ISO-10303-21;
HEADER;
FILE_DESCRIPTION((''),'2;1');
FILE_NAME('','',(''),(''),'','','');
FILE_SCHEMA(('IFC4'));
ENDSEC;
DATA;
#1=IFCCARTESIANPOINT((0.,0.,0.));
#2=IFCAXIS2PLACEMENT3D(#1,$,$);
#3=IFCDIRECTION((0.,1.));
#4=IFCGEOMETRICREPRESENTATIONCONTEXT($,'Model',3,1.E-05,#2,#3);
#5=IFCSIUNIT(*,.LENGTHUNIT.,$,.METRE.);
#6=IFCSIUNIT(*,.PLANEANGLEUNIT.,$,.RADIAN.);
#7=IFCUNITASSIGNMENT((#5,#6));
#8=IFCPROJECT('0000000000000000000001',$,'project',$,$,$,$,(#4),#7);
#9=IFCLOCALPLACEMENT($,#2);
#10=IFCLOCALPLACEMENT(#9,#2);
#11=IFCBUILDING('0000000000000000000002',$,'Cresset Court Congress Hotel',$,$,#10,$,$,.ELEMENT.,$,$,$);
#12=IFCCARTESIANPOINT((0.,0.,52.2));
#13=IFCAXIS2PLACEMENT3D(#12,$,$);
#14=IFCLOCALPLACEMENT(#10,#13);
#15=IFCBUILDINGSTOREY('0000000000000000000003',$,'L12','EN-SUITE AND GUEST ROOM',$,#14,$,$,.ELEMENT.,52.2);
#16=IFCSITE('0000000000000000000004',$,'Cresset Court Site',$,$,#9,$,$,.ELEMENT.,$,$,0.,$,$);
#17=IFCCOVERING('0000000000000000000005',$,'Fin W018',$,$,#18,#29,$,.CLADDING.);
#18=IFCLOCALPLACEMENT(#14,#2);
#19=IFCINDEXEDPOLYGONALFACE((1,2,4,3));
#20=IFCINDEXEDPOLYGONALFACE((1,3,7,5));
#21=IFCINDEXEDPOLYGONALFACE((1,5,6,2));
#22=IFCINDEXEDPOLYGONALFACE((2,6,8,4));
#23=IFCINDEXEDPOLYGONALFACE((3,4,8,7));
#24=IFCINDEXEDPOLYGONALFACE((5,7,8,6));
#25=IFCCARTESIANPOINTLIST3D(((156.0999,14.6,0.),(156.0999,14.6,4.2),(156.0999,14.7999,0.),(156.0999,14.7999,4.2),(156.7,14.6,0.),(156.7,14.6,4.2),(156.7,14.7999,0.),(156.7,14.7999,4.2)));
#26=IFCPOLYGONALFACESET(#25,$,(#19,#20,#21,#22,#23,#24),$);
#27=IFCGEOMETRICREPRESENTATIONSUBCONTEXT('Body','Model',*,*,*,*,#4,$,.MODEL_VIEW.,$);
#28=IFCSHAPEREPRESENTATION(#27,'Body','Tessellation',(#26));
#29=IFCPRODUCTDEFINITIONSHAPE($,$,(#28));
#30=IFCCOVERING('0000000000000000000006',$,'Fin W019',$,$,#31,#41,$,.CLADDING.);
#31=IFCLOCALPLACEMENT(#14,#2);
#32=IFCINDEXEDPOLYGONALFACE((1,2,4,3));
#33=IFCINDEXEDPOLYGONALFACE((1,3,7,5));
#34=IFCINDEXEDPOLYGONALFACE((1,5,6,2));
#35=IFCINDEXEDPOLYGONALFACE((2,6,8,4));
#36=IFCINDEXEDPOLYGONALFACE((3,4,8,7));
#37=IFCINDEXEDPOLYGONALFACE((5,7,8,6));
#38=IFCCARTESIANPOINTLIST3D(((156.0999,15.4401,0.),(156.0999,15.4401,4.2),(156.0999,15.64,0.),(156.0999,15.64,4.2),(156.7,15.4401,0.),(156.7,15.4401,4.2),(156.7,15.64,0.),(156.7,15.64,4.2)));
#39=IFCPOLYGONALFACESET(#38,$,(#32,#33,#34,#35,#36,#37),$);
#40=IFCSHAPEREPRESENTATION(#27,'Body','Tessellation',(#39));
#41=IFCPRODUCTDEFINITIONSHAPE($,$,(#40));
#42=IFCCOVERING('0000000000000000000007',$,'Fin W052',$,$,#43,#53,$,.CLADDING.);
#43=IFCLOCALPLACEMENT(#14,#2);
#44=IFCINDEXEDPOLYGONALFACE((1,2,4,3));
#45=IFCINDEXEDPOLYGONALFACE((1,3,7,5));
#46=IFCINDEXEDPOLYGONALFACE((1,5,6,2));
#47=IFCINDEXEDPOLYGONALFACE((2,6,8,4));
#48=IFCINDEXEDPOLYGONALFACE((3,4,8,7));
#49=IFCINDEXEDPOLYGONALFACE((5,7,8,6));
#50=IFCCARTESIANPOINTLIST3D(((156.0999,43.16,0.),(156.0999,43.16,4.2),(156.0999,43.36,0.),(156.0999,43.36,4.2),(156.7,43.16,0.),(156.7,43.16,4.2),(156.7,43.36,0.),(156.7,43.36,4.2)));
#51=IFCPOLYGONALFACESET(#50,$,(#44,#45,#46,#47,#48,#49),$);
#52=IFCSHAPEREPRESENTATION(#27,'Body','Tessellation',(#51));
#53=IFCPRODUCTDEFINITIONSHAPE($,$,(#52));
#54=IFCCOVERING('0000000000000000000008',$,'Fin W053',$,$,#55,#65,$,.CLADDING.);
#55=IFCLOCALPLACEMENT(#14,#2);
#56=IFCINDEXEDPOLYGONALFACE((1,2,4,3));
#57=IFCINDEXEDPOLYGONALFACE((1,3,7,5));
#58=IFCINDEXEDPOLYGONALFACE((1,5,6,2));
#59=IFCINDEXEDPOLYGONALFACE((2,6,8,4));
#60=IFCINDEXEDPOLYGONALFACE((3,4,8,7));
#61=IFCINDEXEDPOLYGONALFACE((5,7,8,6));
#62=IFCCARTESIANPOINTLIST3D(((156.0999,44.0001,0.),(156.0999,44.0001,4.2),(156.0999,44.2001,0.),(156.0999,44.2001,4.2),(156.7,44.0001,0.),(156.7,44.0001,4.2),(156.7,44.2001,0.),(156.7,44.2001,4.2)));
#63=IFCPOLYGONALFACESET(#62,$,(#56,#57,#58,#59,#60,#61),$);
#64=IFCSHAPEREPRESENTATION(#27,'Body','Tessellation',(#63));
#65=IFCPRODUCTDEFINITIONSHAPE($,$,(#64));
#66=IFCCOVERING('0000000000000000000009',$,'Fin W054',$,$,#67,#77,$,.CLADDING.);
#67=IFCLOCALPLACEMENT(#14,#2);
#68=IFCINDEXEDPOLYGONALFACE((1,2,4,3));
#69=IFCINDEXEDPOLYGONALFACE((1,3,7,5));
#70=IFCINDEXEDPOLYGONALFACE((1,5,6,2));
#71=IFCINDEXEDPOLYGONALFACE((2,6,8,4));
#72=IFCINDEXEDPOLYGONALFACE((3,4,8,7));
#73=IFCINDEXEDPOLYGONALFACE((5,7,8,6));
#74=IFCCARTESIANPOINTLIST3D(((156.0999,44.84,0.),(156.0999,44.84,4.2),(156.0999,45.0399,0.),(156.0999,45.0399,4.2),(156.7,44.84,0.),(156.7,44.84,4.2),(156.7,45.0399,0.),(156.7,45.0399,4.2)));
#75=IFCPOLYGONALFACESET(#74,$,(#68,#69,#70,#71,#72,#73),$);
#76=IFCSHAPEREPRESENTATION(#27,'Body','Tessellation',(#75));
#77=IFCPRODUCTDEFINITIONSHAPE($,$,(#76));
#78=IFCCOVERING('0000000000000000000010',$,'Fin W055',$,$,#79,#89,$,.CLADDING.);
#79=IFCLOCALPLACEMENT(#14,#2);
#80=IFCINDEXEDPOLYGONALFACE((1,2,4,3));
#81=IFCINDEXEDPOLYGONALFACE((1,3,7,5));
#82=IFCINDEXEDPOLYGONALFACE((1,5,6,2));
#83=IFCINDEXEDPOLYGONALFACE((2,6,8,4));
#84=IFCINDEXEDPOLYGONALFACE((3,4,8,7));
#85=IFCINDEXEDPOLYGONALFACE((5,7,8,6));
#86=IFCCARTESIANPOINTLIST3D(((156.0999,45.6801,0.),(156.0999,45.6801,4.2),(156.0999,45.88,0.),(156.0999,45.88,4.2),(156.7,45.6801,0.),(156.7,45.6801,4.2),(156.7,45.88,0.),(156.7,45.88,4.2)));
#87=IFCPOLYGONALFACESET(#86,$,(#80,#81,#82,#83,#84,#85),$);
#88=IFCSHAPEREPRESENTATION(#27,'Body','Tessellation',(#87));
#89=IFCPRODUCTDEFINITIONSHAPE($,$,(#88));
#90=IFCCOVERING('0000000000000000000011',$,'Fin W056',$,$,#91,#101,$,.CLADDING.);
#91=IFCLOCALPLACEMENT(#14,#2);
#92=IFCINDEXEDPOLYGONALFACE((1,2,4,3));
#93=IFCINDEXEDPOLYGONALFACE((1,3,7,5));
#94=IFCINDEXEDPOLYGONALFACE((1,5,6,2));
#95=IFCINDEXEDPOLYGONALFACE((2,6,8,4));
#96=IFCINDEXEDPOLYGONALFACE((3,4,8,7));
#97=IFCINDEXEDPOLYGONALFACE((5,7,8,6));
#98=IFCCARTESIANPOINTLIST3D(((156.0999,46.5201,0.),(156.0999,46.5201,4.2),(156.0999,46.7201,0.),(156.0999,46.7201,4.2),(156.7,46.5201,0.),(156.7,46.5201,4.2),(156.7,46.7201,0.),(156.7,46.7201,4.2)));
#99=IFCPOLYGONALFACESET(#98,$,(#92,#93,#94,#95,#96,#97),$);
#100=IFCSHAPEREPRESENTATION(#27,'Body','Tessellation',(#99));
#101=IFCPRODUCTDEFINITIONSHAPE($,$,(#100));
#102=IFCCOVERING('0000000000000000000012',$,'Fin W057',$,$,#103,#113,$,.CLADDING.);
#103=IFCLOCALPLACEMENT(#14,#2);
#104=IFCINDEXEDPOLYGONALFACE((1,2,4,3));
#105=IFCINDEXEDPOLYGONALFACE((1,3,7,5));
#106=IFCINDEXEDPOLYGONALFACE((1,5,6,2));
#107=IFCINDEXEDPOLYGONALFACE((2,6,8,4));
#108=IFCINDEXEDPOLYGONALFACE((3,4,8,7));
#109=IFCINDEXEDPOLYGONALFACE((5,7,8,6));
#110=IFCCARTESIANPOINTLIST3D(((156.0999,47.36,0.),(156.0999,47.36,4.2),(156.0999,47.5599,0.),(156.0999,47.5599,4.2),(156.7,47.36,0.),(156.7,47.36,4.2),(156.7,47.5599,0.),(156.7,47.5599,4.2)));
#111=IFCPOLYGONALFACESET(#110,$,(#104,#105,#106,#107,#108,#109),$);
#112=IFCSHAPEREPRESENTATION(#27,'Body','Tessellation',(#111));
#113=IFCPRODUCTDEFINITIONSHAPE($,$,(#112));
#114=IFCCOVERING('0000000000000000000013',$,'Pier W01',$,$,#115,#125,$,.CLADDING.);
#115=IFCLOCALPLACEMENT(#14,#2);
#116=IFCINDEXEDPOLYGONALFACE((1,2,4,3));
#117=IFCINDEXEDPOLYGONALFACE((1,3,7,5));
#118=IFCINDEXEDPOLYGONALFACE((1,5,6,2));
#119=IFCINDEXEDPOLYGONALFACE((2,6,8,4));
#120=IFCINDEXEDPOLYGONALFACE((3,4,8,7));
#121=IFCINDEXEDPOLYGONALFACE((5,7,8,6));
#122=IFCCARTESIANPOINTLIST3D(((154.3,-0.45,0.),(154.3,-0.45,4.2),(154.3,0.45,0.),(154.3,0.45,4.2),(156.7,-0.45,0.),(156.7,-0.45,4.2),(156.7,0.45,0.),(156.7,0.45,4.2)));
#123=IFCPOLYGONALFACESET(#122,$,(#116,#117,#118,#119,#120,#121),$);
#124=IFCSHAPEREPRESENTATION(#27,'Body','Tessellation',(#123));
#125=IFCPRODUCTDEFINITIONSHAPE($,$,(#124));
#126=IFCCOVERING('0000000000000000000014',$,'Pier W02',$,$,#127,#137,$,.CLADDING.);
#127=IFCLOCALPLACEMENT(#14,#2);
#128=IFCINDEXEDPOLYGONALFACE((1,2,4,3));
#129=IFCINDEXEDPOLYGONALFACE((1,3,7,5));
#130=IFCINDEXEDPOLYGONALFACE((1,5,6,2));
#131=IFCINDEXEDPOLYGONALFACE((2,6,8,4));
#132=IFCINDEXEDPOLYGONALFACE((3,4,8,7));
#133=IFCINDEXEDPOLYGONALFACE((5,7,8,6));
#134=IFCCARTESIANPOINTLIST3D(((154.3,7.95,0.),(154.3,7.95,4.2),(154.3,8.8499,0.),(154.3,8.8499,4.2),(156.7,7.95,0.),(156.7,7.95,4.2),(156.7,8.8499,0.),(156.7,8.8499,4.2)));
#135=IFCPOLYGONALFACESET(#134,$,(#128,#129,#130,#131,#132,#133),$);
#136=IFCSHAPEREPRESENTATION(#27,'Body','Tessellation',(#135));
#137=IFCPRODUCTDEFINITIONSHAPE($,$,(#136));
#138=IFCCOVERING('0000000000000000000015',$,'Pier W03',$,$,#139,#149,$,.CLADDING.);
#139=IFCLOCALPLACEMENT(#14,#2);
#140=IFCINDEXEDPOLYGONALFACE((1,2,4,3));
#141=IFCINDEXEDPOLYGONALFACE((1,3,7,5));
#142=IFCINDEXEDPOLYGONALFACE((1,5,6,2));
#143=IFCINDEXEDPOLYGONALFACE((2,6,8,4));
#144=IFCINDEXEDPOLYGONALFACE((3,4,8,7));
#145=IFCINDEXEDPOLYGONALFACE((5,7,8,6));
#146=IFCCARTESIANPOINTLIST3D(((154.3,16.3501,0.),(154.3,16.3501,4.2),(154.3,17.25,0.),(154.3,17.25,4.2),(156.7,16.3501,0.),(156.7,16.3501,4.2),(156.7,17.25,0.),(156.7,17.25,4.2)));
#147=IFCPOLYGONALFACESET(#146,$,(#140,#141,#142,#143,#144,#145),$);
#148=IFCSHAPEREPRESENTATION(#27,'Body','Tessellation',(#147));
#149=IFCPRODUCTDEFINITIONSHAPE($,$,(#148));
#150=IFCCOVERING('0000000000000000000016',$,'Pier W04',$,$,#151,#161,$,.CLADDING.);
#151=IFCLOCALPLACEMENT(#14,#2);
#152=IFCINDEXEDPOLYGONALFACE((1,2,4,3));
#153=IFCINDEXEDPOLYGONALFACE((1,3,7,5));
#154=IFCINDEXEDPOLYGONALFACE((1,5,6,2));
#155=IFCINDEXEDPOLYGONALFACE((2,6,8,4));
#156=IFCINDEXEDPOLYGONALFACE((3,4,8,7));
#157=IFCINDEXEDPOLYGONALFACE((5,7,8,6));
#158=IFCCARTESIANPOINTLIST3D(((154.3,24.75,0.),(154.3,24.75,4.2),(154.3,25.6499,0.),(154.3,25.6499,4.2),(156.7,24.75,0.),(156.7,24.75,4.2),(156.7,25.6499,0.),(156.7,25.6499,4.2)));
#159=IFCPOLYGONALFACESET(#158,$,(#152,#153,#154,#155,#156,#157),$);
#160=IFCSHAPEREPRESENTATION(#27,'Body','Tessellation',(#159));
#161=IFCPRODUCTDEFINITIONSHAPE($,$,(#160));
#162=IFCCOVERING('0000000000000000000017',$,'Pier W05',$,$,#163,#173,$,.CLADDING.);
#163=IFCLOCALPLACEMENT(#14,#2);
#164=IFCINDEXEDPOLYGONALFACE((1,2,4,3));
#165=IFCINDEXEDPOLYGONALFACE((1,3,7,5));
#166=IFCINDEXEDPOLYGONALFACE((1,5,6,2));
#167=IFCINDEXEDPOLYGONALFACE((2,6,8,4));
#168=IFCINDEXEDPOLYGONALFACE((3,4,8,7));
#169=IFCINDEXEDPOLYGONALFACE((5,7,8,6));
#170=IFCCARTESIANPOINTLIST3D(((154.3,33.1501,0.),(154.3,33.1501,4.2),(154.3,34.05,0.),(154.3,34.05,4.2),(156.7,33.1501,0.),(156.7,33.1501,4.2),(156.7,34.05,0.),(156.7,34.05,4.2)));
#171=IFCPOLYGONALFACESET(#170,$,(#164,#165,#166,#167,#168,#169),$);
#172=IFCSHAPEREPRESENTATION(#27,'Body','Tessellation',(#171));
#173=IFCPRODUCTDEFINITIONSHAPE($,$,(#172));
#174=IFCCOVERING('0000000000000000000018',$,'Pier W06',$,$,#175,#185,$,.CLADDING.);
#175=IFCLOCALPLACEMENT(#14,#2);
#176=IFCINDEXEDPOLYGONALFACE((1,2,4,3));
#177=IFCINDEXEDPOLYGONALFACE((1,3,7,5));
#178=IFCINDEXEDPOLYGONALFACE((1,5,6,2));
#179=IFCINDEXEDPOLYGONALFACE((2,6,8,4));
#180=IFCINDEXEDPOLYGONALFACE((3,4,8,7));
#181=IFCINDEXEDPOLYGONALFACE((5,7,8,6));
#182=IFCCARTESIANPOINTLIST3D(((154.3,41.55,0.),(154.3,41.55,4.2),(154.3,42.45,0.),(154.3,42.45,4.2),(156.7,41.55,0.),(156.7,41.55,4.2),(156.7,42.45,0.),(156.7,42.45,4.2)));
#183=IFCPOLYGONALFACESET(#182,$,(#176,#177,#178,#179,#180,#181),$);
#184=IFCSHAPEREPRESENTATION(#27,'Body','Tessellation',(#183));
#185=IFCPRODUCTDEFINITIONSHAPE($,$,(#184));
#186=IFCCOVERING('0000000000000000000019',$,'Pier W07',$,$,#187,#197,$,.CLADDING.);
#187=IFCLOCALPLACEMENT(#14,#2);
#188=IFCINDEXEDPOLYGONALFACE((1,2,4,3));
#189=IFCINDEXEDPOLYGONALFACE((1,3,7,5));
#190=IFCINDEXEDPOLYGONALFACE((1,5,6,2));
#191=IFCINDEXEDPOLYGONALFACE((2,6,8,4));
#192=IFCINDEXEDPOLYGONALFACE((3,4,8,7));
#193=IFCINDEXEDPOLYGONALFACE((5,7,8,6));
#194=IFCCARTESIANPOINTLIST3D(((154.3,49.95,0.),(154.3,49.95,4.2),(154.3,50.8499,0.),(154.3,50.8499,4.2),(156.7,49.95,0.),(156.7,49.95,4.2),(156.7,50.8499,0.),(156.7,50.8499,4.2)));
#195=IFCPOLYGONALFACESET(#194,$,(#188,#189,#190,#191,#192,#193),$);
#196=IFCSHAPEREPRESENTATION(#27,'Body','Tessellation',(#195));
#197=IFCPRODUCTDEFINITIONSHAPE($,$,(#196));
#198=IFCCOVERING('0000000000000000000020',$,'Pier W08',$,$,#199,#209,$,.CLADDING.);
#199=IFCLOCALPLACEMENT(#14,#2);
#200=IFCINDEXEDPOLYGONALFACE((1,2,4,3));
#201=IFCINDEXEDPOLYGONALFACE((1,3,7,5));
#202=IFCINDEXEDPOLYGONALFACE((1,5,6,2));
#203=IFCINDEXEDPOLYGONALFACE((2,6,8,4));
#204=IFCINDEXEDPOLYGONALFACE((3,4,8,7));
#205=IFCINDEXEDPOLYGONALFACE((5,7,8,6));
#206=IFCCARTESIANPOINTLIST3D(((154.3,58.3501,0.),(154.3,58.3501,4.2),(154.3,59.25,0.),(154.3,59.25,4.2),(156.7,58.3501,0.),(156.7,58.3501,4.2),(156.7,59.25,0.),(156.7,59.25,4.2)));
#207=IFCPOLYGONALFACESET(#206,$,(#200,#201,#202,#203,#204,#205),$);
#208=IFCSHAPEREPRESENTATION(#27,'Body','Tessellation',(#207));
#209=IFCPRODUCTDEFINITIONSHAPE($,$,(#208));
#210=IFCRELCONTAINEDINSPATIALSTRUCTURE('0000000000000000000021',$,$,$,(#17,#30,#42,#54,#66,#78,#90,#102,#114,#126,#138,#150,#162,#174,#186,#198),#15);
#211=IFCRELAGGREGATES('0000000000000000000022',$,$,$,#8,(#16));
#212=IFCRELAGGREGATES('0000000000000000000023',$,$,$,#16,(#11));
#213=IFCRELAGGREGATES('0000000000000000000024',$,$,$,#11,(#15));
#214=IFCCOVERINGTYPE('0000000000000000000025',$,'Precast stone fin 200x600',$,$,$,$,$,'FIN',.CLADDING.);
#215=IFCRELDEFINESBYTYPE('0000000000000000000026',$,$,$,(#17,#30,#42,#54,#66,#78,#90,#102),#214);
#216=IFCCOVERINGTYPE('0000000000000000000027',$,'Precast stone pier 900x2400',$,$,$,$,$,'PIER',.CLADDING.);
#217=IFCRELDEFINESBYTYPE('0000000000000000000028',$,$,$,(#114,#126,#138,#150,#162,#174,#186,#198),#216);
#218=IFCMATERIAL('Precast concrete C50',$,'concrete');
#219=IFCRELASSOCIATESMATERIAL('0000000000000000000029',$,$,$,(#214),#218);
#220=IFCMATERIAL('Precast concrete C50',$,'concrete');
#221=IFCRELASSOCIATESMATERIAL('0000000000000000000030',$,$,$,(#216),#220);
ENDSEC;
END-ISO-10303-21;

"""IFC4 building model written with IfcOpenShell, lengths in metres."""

from ifc_helpers import new_model, si_unit, direction, frame, origin, origin_2d, place, context, subcontext, project, spatial, rectangle, extrude, material, type_object, element, save


model = new_model("IFC4")

# Units and contexts
model_context = context("Model", 3, precision=1e-05, world=origin(), true_north=direction((0.0, 1.0)))
body_context = subcontext(model_context, "Body", "Model", "MODEL_VIEW")
ifc_project = project(units=[si_unit("LENGTHUNIT", "METRE"), si_unit("PLANEANGLEUNIT", "RADIAN")], contexts=[model_context])

# Site, building, storey
site_placement = place(None, origin())
site = spatial("IfcSite", under=ifc_project, at=site_placement, Name="Cresset Court Site", CompositionType="ELEMENT", RefElevation=0.0)
building_placement = place(site_placement, origin())
building = spatial("IfcBuilding", under=site, at=building_placement, Name="Cresset Court Congress Hotel", CompositionType="ELEMENT")
storey_placement = place(building_placement, frame((0.0, 0.0, 52.2)))
storey = spatial("IfcBuildingStorey", under=building, at=storey_placement, Name="L12", Description="EN-SUITE AND GUEST ROOM", CompositionType="ELEMENT", Elevation=52.2)

# Coverings
ifc_material_1 = material(Name="Precast concrete C50", Category="concrete")
covering_type_1 = type_object("IfcCoveringType", Name="Precast stone fin 200x600", ElementType="FIN", PredefinedType="CLADDING", material=ifc_material_1)
for number, where, z_axis, x_axis, name in (
    (1, (156.3999, 14.7, 0.0), (0.0, 0.0, 1.0), (1.0, 0.0, 0.0), "Fin W018"),
    (2, (156.3999, 15.54, 0.0), (0.0, 0.0, 1.0), (1.0, 0.0, 0.0), "Fin W019"),
    (3, (156.3999, 43.26, 0.0), (0.0, 0.0, 1.0), (1.0, 0.0, 0.0), "Fin W052"),
    (4, (156.3999, 44.1001, 0.0), (0.0, 0.0, 1.0), (1.0, 0.0, 0.0), "Fin W053"),
    (5, (156.3999, 44.9399, 0.0), (0.0, 0.0, 1.0), (1.0, 0.0, 0.0), "Fin W054"),
    (6, (156.3999, 45.78, 0.0), (0.0, 0.0, 1.0), (1.0, 0.0, 0.0), "Fin W055"),
    (7, (156.3999, 46.6201, 0.0), (0.0, 0.0, 1.0), (1.0, 0.0, 0.0), "Fin W056"),
    (8, (156.3999, 47.46, 0.0), (0.0, 0.0, 1.0), (1.0, 0.0, 0.0), "Fin W057"),
):
    element("IfcCovering", number, at=place(storey_placement, frame(where, z_axis=z_axis, x_axis=x_axis)), inside=storey, type_object=covering_type_1, Name=name, PredefinedType="CLADDING", context=body_context, shape_type="SweptSolid", body=[
        extrude(rectangle(XDim=0.6001, YDim=0.2, at=origin_2d()), origin(), (0.0, 0.0, 1.0), 4.2),
    ])
ifc_material_2 = material(Name="Precast concrete C50", Category="concrete")
covering_type_2 = type_object("IfcCoveringType", Name="Precast stone pier 900x2400", ElementType="PIER", PredefinedType="CLADDING", material=ifc_material_2)
for number, where, z_axis, x_axis, name in (
    (9, (155.5, 0.0, 0.0), (0.0, 0.0, 1.0), (1.0, 0.0, 0.0), "Pier W01"),
    (10, (155.5, 8.3999, 0.0), (0.0, 0.0, 1.0), (1.0, 0.0, 0.0), "Pier W02"),
    (11, (155.5, 16.8, 0.0), (0.0, 0.0, 1.0), (1.0, 0.0, 0.0), "Pier W03"),
    (12, (155.5, 25.2, 0.0), (0.0, 0.0, 1.0), (1.0, 0.0, 0.0), "Pier W04"),
    (13, (155.5, 33.6001, 0.0), (0.0, 0.0, 1.0), (1.0, 0.0, 0.0), "Pier W05"),
    (14, (155.5, 42.0, 0.0), (0.0, 0.0, 1.0), (1.0, 0.0, 0.0), "Pier W06"),
    (15, (155.5, 50.3999, 0.0), (0.0, 0.0, 1.0), (1.0, 0.0, 0.0), "Pier W07"),
    (16, (155.5, 58.8, 0.0), (0.0, 0.0, 1.0), (1.0, 0.0, 0.0), "Pier W08"),
):
    element("IfcCovering", number, at=place(storey_placement, frame(where, z_axis=z_axis, x_axis=x_axis)), inside=storey, type_object=covering_type_2, Name=name, PredefinedType="CLADDING", context=body_context, shape_type="SweptSolid", body=[
        extrude(rectangle(XDim=2.3999, YDim=0.8999, at=origin_2d()), origin(), (0.0, 0.0, 1.0), 4.2),
    ])

save(model, "model.ifc")
